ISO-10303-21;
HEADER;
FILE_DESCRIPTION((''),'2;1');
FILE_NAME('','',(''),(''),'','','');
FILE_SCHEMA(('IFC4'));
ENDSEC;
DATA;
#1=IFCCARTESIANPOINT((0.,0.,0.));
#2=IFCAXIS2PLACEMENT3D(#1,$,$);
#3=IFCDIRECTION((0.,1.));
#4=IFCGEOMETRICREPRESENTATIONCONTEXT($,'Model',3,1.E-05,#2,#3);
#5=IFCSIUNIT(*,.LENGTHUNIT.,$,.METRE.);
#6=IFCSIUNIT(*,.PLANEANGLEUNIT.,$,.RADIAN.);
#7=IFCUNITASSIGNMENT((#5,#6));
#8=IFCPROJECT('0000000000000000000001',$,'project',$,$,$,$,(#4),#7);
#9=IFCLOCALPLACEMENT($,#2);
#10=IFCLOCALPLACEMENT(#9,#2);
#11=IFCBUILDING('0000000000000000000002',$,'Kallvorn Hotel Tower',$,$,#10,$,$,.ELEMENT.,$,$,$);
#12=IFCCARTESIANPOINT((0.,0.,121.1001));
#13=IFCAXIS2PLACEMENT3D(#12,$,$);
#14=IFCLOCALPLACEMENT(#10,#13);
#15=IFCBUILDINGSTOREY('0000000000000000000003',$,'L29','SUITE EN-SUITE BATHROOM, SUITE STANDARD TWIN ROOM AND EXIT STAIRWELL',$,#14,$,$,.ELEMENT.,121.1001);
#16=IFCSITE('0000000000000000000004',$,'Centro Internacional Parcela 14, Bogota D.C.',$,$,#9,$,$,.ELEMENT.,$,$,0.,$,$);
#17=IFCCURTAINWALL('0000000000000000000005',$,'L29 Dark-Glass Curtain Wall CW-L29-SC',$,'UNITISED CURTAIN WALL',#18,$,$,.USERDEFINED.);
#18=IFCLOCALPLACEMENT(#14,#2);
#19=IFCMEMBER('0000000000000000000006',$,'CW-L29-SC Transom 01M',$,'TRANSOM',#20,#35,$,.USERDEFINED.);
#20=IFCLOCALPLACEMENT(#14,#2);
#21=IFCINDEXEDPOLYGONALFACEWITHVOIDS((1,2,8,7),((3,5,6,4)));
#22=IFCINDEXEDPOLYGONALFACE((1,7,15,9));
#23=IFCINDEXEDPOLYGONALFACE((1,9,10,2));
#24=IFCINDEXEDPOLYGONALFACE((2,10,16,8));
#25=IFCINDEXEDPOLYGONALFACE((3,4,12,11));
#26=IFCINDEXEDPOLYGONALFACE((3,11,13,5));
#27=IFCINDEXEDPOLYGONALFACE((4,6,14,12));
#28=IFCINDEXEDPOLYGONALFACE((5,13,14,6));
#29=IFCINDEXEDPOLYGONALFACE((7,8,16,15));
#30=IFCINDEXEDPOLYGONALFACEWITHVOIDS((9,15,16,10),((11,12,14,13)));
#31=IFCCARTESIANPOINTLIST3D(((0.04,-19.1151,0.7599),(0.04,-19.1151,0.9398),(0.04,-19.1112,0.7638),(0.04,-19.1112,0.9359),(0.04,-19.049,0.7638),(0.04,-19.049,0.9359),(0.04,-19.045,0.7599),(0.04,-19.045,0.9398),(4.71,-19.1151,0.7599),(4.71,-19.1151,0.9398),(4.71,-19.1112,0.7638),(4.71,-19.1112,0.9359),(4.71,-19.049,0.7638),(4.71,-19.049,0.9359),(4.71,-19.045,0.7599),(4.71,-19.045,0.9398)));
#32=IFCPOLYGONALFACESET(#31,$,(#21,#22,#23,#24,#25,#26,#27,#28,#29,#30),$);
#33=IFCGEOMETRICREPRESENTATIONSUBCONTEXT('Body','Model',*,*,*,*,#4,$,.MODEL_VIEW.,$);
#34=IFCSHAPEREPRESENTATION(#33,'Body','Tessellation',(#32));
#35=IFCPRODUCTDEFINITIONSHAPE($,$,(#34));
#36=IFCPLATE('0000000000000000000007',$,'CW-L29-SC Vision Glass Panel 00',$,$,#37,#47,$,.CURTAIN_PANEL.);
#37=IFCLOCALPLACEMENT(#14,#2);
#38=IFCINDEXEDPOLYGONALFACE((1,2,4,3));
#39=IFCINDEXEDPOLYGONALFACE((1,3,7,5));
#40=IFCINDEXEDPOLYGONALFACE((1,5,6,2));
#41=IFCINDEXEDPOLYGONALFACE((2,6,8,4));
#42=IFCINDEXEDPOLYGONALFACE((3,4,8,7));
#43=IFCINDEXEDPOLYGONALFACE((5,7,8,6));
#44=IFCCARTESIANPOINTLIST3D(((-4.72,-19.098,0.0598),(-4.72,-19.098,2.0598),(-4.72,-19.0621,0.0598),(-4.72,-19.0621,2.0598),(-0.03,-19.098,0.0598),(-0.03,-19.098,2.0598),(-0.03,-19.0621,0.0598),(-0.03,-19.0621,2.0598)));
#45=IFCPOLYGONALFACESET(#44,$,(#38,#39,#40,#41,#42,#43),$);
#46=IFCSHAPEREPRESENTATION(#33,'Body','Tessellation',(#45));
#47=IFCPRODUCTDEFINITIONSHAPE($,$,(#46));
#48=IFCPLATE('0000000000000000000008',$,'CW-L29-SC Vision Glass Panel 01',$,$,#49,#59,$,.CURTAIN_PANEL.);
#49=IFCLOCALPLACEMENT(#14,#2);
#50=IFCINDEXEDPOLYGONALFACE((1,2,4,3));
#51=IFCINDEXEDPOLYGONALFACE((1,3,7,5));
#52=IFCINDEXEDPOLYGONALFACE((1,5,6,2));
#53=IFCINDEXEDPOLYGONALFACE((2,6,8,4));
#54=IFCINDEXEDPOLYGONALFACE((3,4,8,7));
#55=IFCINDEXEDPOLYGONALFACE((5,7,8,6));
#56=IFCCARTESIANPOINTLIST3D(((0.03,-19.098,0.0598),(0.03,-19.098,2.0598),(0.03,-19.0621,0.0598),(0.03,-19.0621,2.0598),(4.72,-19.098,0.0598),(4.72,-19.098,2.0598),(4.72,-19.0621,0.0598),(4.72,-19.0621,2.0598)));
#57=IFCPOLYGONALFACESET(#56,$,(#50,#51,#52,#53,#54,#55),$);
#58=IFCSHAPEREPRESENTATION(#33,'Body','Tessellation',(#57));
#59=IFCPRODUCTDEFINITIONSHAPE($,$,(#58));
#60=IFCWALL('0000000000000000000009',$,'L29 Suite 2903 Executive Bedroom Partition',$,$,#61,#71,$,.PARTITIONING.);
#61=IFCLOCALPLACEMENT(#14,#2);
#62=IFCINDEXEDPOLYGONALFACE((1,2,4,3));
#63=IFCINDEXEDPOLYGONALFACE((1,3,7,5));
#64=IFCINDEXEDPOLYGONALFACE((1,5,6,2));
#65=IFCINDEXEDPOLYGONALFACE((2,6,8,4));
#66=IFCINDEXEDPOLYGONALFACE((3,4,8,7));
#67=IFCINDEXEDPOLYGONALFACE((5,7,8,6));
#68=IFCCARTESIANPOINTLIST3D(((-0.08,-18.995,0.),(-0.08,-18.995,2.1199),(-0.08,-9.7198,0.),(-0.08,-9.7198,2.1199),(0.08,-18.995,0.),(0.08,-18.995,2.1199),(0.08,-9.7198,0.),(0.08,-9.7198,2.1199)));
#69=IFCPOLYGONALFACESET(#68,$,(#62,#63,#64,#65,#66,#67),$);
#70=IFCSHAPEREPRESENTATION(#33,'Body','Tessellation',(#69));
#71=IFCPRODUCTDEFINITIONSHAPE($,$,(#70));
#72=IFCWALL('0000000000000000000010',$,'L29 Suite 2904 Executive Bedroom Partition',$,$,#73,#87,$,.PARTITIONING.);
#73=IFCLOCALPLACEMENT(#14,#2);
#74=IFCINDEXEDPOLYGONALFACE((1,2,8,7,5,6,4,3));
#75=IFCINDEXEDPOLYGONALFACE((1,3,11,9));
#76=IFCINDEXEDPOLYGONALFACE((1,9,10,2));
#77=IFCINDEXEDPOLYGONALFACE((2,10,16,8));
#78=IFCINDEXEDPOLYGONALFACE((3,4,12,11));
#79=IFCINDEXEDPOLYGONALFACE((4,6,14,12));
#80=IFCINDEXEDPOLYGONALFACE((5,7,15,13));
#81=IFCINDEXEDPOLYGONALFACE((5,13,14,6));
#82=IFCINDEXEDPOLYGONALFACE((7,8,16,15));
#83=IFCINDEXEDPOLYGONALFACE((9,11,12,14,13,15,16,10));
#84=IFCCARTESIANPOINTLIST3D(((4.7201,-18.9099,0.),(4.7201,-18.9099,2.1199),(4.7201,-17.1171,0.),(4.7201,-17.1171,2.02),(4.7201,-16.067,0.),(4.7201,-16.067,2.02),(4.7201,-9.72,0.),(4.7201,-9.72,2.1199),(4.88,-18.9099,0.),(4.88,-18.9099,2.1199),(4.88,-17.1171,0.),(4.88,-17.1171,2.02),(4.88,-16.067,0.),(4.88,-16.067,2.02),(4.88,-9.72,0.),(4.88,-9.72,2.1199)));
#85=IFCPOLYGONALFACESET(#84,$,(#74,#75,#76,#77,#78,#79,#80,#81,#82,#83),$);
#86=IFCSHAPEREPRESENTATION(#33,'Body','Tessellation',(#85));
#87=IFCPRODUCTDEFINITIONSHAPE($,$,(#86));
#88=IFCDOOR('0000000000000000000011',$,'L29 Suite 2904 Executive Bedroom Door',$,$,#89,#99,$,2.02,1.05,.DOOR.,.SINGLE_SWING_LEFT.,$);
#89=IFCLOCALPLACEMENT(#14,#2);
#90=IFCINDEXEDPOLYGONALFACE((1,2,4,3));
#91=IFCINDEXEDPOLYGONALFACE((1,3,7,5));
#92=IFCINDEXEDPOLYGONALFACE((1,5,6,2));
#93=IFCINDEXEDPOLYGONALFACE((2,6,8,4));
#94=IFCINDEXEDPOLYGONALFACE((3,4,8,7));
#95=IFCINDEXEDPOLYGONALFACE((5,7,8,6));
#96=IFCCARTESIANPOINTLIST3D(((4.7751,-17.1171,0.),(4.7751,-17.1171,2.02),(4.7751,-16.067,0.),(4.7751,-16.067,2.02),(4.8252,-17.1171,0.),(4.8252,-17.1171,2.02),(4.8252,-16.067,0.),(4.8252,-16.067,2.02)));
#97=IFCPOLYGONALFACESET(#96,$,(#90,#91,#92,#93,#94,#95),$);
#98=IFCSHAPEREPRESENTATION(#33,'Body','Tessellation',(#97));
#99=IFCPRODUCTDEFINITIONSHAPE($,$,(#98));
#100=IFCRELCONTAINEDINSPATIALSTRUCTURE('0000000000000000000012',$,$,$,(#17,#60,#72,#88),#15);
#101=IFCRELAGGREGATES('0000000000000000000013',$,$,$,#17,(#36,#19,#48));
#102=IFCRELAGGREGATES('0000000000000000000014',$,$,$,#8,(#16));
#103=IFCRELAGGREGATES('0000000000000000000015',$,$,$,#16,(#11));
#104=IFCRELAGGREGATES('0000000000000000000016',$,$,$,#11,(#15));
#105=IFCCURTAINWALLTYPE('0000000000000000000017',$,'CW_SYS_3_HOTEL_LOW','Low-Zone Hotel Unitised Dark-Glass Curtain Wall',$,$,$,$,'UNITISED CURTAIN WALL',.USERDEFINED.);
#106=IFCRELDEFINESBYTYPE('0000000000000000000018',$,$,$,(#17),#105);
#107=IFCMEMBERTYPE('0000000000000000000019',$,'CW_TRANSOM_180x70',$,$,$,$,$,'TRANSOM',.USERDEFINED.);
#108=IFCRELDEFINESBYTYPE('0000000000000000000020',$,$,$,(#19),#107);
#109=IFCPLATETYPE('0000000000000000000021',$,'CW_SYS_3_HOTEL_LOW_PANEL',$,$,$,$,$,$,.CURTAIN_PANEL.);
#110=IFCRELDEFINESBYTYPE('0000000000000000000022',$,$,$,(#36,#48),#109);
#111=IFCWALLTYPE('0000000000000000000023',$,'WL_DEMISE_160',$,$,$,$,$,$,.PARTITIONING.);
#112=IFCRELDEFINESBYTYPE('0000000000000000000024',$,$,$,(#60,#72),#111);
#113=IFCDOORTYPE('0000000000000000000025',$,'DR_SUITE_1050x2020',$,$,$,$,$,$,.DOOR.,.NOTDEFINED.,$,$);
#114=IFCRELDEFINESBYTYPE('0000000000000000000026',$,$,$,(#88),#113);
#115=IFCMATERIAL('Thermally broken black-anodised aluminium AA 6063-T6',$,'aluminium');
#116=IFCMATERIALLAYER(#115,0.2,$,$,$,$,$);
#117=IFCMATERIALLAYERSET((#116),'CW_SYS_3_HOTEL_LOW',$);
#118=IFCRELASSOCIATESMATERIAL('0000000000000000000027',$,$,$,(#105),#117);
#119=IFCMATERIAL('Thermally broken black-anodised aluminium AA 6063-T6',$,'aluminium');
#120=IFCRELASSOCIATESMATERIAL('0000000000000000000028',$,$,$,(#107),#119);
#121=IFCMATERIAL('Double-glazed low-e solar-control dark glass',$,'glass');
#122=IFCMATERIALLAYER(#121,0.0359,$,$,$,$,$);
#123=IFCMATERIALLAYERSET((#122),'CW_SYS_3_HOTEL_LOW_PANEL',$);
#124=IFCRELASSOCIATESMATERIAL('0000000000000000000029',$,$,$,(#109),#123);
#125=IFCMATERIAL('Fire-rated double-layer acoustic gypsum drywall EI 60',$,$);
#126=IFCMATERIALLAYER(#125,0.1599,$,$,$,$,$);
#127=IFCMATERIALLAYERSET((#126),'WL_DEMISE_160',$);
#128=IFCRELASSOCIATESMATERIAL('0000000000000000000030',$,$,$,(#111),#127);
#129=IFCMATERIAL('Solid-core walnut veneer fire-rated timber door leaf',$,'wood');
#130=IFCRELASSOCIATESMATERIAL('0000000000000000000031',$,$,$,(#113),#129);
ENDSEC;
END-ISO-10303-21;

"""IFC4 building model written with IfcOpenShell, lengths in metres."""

from ifc_helpers import new_model, si_unit, direction, frame, frame_2d, origin, origin_2d, place, context, subcontext, project, spatial, rectangle, hollow_rectangle, extrude, material, layer, layer_set, material_profile, profile_set, type_object, element, fill, aggregate, save


model = new_model("IFC4")

# Units and contexts
model_context = context("Model", 3, precision=1e-05, world=origin(), true_north=direction((0.0, 1.0)))
body_context = subcontext(model_context, "Body", "Model", "MODEL_VIEW")
ifc_project = project(units=[si_unit("LENGTHUNIT", "METRE"), si_unit("PLANEANGLEUNIT", "RADIAN")], contexts=[model_context])

# Site, building, storey
site_placement = place(None, origin())
site = spatial("IfcSite", under=ifc_project, at=site_placement, Name="Centro Internacional Parcela 14, Bogota D.C.", CompositionType="ELEMENT", RefElevation=0.0)
building_placement = place(site_placement, origin())
building = spatial("IfcBuilding", under=site, at=building_placement, Name="Kallvorn Hotel Tower", CompositionType="ELEMENT")
storey_placement = place(building_placement, frame((0.0, 0.0, 121.1001)))
storey = spatial("IfcBuildingStorey", under=building, at=storey_placement, Name="L29", Description="SUITE EN-SUITE BATHROOM, SUITE STANDARD TWIN ROOM AND EXIT STAIRWELL", CompositionType="ELEMENT", Elevation=121.1001)

# Curtain wall, member, plates
ifc_material_1 = material(Name="Thermally broken black-anodised aluminium AA 6063-T6", Category="aluminium")
ifc_layer_1 = layer(ifc_material_1, 0.2)
ifc_layer_set_1 = layer_set([ifc_layer_1], Name="CW_SYS_3_HOTEL_LOW")
curtain_wall_type = type_object("IfcCurtainWallType", Name="CW_SYS_3_HOTEL_LOW", Description="Low-Zone Hotel Unitised Dark-Glass Curtain Wall", ElementType="UNITISED CURTAIN WALL", PredefinedType="USERDEFINED", material=ifc_layer_set_1)
curtain_wall_placement = place(storey_placement, origin())
curtain_wall = element("IfcCurtainWall", 1, at=curtain_wall_placement, inside=storey, type_object=curtain_wall_type, Name="L29 Dark-Glass Curtain Wall CW-L29-SC", ObjectType="UNITISED CURTAIN WALL", PredefinedType="USERDEFINED")
ifc_material_2 = material(Name="Thermally broken black-anodised aluminium AA 6063-T6", Category="aluminium")
ifc_material_profile_1 = material_profile(ifc_material_2, hollow_rectangle(XDim=0.0701, YDim=0.1799, WallThickness=0.0039, at=origin_2d()), Name="TRN 180x70")
ifc_profile_set_1 = profile_set([ifc_material_profile_1], Name="Thermally broken black-anodised aluminium AA 6063-T6")
member_type_1 = type_object("IfcMemberType", Name="CW_TRANSOM_180x70", ElementType="TRANSOM", PredefinedType="USERDEFINED", material=ifc_profile_set_1)
member_1_placement = place(storey_placement, frame((0.04, -19.0801, 0.8499), z_axis=(1.0, 0.0, 0.0), x_axis=(0.0, 1.0, 0.0)))
member_1 = element("IfcMember", 2, at=member_1_placement, type_object=member_type_1, Name="CW-L29-SC Transom 01M", ObjectType="TRANSOM", PredefinedType="USERDEFINED", context=body_context, shape_type="SweptSolid", body=[
    extrude(hollow_rectangle(XDim=0.0701, YDim=0.1799, WallThickness=0.0039, at=origin_2d()), origin(), (0.0, 0.0, 1.0), 4.6699),
])
ifc_material_3 = material(Name="Double-glazed low-e solar-control dark glass", Category="glass")
ifc_layer_2 = layer(ifc_material_3, 0.0359)
ifc_layer_set_2 = layer_set([ifc_layer_2], Name="CW_SYS_3_HOTEL_LOW_PANEL")
plate_type = type_object("IfcPlateType", Name="CW_SYS_3_HOTEL_LOW_PANEL", PredefinedType="CURTAIN_PANEL", material=ifc_layer_set_2)
plate_1_placement = place(storey_placement, frame((-2.375, -19.0801, 0.0598), z_axis=(0.0, 0.0, 1.0), x_axis=(1.0, 0.0, 0.0)))
plate_1 = element("IfcPlate", 3, at=plate_1_placement, type_object=plate_type, Name="CW-L29-SC Vision Glass Panel 00", PredefinedType="CURTAIN_PANEL", context=body_context, shape_type="SweptSolid", body=[
    extrude(rectangle(XDim=4.6899, YDim=0.0359, at=origin_2d()), origin(), (0.0, 0.0, 1.0), 2.0),
])
plate_2_placement = place(storey_placement, frame((2.375, -19.0801, 0.0598), z_axis=(0.0, 0.0, 1.0), x_axis=(1.0, 0.0, 0.0)))
plate_2 = element("IfcPlate", 4, at=plate_2_placement, type_object=plate_type, Name="CW-L29-SC Vision Glass Panel 01", PredefinedType="CURTAIN_PANEL", context=body_context, shape_type="SweptSolid", body=[
    extrude(rectangle(XDim=4.6899, YDim=0.0359, at=origin_2d()), origin(), (0.0, 0.0, 1.0), 2.0),
])
aggregate(curtain_wall, [plate_1, member_1, plate_2])

# Wall
ifc_material_4 = material(Name="Fire-rated double-layer acoustic gypsum drywall EI 60")
ifc_layer_3 = layer(ifc_material_4, 0.1599)
ifc_layer_set_3 = layer_set([ifc_layer_3], Name="WL_DEMISE_160")
wall_type_1 = type_object("IfcWallType", Name="WL_DEMISE_160", PredefinedType="PARTITIONING", material=ifc_layer_set_3)
wall_1_placement = place(storey_placement, frame((0.0, -18.9951, 0.0), z_axis=(0.0, 0.0, 1.0), x_axis=(0.0, 1.0, 0.0)))
element("IfcWall", 5, at=wall_1_placement, inside=storey, type_object=wall_type_1, Name="L29 Suite 2903 Executive Bedroom Partition", PredefinedType="PARTITIONING", context=body_context, shape_type="SweptSolid", body=[
    extrude(rectangle(XDim=9.2751, YDim=0.1599, at=frame_2d((4.6377, 0.0))), origin(), (0.0, 0.0, 1.0), 2.1199),
])

# Wall, opening, door
wall_2_placement = place(storey_placement, frame((4.8, -18.9099, 0.0), z_axis=(0.0, 0.0, 1.0), x_axis=(0.0, 1.0, 0.0)))
wall_2 = element("IfcWall", 6, at=wall_2_placement, inside=storey, type_object=wall_type_1, Name="L29 Suite 2904 Executive Bedroom Partition", PredefinedType="PARTITIONING", context=body_context, shape_type="SweptSolid", body=[
    extrude(rectangle(XDim=9.1899, YDim=0.1599, at=frame_2d((4.595, 0.0))), origin(), (0.0, 0.0, 1.0), 2.1199),
])
opening_1_placement = place(wall_2_placement, frame((1.793, 0.0, 0.0)))
opening_1 = element("IfcOpeningElement", 7, at=opening_1_placement, cuts=wall_2, PredefinedType="OPENING", context=body_context, shape_type="SweptSolid", body=[
    extrude(rectangle(XDim=1.05, YDim=2.02, at=frame_2d((0.5249, 1.01))), frame((0.0, 0.095, 0.0), z_axis=(0.0, -1.0, 0.0), x_axis=(1.0, 0.0, 0.0)), (0.0, 0.0, 1.0), 0.1899),
])
ifc_material_5 = material(Name="Solid-core walnut veneer fire-rated timber door leaf", Category="wood")
door_type = type_object("IfcDoorType", Name="DR_SUITE_1050x2020", OperationType="NOTDEFINED", PredefinedType="DOOR", material=ifc_material_5)
door_placement = place(opening_1_placement, origin())
door = element("IfcDoor", 8, at=door_placement, inside=storey, type_object=door_type, Name="L29 Suite 2904 Executive Bedroom Door", OperationType="SINGLE_SWING_LEFT", OverallHeight=2.02, OverallWidth=1.05, PredefinedType="DOOR", context=body_context, shape_type="SweptSolid", body=[
    extrude(rectangle(XDim=1.05, YDim=2.02, at=frame_2d((0.5249, 1.01))), frame((0.0, 0.0249, 0.0), z_axis=(0.0, -1.0, 0.0), x_axis=(1.0, 0.0, 0.0)), (0.0, 0.0, 1.0), 0.05),
])
fill(opening_1, door)

save(model, "model.ifc")
